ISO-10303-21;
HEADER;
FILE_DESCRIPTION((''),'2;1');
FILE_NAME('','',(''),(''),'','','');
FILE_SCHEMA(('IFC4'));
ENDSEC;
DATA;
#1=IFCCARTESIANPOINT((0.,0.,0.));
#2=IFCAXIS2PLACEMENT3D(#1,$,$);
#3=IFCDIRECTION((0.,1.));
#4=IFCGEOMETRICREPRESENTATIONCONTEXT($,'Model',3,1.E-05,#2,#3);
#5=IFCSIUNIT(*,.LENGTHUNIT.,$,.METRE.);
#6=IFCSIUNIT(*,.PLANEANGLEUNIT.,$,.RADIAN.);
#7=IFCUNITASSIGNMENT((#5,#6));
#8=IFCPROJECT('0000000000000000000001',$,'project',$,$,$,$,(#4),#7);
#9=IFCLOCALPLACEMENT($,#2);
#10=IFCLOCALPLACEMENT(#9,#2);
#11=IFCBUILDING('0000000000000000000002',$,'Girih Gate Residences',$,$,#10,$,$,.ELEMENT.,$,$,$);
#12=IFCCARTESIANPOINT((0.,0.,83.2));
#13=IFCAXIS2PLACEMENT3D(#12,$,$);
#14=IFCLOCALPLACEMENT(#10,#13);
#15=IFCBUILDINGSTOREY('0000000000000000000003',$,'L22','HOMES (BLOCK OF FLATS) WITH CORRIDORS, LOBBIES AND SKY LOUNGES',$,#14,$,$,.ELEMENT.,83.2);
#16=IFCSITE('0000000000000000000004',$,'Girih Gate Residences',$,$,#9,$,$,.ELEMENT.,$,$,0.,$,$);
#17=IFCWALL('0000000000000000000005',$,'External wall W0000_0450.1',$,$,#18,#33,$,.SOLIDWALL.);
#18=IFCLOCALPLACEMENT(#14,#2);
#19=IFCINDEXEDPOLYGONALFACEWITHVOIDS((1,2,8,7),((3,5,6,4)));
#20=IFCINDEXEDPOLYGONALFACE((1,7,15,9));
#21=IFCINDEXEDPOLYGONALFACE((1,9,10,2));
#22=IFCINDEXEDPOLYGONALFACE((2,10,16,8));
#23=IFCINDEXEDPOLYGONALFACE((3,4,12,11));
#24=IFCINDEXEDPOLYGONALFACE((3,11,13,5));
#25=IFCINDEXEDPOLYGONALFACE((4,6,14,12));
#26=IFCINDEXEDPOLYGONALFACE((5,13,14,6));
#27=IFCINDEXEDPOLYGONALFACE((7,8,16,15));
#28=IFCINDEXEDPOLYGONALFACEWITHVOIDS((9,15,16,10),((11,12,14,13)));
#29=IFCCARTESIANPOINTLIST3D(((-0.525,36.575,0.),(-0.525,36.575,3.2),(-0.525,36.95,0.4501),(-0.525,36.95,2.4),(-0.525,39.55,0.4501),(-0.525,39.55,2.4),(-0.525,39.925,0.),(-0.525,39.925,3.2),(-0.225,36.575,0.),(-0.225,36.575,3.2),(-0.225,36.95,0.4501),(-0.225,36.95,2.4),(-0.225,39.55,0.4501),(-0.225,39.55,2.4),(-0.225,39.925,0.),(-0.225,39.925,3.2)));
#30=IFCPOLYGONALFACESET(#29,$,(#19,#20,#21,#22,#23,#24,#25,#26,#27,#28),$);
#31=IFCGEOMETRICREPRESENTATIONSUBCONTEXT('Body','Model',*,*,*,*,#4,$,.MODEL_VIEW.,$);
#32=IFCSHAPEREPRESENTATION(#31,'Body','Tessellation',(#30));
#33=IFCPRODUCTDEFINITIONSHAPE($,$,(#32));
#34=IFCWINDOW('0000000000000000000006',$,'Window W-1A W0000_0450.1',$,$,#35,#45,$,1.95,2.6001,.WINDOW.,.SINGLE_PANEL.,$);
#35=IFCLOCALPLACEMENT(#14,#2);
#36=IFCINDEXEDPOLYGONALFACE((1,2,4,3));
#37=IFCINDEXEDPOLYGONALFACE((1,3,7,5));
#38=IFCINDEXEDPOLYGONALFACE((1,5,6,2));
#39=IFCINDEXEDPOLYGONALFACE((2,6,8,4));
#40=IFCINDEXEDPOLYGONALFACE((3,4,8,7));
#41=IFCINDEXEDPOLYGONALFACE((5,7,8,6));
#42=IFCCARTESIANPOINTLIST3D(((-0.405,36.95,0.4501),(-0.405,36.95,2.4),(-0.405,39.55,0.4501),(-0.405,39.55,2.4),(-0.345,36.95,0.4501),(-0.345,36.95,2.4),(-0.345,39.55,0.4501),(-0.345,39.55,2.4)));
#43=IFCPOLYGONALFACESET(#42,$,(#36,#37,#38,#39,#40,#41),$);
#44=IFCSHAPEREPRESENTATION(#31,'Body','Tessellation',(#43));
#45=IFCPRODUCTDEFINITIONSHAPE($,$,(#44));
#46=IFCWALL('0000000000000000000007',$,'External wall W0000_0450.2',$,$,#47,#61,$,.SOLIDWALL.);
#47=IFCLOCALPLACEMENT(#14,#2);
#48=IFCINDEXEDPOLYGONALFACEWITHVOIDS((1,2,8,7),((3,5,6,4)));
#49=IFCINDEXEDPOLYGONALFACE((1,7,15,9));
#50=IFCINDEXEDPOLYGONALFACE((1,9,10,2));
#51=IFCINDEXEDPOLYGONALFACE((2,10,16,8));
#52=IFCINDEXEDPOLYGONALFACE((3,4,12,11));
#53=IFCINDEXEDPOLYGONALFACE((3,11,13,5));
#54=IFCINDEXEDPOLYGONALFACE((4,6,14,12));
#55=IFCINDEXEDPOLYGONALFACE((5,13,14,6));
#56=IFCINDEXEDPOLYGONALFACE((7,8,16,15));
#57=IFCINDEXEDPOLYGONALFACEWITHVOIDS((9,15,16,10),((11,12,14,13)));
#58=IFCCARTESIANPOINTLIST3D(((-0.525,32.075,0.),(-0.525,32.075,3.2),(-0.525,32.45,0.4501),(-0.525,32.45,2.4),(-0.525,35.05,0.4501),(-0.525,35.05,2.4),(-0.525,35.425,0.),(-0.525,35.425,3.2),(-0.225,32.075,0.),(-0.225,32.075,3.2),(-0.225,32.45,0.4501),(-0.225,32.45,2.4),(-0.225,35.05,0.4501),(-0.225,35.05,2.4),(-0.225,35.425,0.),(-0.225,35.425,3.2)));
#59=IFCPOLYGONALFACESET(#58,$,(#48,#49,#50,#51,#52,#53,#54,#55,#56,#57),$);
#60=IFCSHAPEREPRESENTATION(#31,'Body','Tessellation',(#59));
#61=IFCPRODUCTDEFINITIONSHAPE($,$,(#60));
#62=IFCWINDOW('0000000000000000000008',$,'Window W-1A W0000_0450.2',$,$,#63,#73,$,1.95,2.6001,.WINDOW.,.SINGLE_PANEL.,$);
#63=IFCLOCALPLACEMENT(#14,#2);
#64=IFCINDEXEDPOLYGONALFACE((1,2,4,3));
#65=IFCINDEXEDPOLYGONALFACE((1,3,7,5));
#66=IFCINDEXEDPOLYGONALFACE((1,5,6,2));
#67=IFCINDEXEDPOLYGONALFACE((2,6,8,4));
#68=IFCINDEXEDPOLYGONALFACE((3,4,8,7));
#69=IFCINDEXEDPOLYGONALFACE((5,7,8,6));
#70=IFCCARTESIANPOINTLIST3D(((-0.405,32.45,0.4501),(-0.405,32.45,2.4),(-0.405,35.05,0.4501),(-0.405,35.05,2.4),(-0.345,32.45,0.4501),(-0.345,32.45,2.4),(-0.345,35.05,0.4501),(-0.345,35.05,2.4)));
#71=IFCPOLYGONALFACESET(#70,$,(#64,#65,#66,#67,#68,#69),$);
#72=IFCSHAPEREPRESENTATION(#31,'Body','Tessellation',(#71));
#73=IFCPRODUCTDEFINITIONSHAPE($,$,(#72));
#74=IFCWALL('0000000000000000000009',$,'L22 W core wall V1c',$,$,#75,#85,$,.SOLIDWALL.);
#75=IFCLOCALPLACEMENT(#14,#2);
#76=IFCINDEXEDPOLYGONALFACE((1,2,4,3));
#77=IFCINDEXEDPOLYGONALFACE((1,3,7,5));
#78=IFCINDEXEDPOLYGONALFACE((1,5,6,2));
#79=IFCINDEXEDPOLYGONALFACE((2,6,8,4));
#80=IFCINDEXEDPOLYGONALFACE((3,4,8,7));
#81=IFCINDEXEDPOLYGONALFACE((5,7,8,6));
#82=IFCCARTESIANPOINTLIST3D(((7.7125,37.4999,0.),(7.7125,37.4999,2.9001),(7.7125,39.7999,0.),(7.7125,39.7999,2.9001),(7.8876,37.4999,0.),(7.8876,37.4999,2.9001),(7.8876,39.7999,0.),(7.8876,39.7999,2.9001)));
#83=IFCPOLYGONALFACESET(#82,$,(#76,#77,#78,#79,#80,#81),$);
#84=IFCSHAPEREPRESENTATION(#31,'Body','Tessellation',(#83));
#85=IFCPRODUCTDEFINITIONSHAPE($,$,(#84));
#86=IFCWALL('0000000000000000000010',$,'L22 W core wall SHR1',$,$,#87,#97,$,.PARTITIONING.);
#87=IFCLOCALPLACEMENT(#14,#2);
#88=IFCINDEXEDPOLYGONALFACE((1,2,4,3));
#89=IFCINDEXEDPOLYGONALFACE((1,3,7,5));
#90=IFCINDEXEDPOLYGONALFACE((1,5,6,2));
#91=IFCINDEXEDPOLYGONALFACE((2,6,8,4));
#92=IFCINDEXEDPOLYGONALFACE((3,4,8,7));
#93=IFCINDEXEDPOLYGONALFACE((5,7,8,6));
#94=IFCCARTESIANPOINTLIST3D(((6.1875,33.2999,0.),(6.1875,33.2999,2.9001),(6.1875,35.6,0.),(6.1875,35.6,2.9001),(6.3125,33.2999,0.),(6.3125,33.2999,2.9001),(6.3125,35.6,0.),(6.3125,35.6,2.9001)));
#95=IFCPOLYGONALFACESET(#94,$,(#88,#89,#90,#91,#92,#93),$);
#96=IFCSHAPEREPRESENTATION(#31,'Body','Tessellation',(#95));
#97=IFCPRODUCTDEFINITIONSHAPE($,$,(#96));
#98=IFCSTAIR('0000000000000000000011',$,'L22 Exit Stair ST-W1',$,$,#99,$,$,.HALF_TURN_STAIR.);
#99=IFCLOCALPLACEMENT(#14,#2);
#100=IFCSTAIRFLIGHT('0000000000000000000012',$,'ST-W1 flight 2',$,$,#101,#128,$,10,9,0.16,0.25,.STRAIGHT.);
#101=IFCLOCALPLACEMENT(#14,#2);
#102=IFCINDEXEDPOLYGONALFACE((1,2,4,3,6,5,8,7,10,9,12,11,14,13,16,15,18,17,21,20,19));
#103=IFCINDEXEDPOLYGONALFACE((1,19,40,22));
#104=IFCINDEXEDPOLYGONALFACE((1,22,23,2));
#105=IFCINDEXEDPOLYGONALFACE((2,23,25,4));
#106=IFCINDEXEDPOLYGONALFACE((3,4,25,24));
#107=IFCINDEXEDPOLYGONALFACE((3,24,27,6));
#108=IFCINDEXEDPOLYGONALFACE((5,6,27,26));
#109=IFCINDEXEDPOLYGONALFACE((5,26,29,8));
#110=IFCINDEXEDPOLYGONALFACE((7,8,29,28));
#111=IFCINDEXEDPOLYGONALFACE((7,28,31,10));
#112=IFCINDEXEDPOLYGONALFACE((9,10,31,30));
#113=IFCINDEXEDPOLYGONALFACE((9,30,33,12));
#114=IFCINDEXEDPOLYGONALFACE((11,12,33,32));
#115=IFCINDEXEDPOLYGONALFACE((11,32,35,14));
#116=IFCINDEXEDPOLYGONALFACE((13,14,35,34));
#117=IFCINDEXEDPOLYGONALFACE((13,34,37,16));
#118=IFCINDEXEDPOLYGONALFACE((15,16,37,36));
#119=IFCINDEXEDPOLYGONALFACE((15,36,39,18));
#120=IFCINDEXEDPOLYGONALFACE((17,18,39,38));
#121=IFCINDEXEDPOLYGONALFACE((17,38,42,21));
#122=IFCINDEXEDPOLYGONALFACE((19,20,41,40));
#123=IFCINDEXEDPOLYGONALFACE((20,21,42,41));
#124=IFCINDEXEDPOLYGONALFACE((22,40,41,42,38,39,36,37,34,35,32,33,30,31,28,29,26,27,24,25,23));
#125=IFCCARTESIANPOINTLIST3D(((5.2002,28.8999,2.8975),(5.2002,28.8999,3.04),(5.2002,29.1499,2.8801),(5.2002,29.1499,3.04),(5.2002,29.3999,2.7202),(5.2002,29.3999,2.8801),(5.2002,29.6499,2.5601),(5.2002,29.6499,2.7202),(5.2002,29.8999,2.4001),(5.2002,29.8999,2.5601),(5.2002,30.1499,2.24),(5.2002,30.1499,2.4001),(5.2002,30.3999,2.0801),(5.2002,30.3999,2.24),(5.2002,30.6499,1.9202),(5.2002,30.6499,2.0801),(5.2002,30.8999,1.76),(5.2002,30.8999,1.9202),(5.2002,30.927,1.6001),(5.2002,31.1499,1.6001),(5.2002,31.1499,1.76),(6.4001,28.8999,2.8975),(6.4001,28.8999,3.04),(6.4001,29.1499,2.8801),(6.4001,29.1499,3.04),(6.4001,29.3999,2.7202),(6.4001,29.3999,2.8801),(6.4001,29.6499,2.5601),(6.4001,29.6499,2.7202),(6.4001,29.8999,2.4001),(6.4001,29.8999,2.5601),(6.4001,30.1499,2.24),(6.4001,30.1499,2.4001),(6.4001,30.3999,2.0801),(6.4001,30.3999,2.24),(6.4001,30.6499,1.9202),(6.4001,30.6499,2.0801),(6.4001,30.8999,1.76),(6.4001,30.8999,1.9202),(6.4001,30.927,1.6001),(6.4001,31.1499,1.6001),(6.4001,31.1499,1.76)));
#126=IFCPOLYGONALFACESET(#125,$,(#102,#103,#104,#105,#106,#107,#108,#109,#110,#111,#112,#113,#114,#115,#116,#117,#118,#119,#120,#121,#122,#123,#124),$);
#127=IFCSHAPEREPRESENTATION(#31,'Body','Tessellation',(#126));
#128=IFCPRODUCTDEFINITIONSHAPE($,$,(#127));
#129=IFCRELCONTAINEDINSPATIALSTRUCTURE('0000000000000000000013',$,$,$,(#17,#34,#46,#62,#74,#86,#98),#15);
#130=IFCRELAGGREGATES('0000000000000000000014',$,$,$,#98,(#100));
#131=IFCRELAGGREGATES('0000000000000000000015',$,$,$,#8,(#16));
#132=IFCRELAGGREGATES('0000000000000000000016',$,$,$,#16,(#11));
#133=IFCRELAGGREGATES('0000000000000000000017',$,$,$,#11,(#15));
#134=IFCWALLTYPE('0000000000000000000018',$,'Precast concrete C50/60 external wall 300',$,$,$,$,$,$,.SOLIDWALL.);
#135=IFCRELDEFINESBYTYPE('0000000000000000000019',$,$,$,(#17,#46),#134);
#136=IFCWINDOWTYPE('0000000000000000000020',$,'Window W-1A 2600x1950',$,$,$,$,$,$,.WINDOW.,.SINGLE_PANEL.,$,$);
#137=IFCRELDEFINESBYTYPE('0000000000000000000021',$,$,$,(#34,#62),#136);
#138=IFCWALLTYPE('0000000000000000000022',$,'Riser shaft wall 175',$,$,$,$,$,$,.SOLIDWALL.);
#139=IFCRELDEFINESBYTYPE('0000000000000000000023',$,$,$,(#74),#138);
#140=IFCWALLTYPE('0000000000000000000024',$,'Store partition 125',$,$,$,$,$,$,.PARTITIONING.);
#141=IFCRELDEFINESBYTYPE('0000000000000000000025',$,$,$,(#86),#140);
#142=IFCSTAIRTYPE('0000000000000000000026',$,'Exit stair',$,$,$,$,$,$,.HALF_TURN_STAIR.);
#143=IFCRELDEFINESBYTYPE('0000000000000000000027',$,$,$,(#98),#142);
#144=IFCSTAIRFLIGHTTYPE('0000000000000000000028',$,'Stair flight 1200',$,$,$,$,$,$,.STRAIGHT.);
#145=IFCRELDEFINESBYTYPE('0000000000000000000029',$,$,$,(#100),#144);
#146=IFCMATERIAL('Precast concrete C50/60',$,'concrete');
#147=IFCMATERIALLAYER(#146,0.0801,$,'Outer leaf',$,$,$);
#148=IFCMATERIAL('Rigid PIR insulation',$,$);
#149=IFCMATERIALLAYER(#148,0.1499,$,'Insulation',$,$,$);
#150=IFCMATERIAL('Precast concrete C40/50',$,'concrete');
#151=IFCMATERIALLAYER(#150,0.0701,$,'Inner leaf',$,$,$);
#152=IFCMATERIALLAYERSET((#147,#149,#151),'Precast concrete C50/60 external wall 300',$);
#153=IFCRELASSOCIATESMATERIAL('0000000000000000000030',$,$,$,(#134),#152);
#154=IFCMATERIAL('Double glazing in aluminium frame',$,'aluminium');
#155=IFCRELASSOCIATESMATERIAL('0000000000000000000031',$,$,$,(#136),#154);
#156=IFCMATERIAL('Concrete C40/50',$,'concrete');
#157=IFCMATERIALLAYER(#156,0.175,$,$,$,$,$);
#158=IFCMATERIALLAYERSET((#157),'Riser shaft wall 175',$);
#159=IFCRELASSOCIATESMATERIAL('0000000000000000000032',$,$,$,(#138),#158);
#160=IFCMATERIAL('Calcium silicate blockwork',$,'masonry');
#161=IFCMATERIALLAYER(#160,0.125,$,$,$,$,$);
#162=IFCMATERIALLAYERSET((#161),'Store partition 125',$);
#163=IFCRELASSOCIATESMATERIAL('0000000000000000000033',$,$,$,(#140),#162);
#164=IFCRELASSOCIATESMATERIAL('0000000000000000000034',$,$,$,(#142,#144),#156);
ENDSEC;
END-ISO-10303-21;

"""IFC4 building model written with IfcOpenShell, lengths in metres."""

from ifc_helpers import new_model, si_unit, direction, frame, frame_2d, origin, place, context, subcontext, project, spatial, polyline, rectangle, outline, extrude, material, layer, layer_set, type_object, element, fill, aggregate, save


model = new_model("IFC4")

# Units and contexts
model_context = context("Model", 3, precision=1e-05, world=origin(), true_north=direction((0.0, 1.0)))
body_context = subcontext(model_context, "Body", "Model", "MODEL_VIEW")
ifc_project = project(units=[si_unit("LENGTHUNIT", "METRE"), si_unit("PLANEANGLEUNIT", "RADIAN")], contexts=[model_context])

# Site, building, storey
site_placement = place(None, origin())
site = spatial("IfcSite", under=ifc_project, at=site_placement, Name="Girih Gate Residences", CompositionType="ELEMENT", RefElevation=0.0)
building_placement = place(site_placement, origin())
building = spatial("IfcBuilding", under=site, at=building_placement, Name="Girih Gate Residences", CompositionType="ELEMENT")
storey_placement = place(building_placement, frame((0.0, 0.0, 83.2)))
storey = spatial("IfcBuildingStorey", under=building, at=storey_placement, Name="L22", Description="HOMES (BLOCK OF FLATS) WITH CORRIDORS, LOBBIES AND SKY LOUNGES", CompositionType="ELEMENT", Elevation=83.2)

# Shared definitions
ifc_material_1 = material(Name="Concrete C40/50", Category="concrete")

# Walls, openings, windows
ifc_material_2 = material(Name="Precast concrete C50/60", Category="concrete")
ifc_layer_1 = layer(ifc_material_2, 0.0801, Name="Outer leaf")
ifc_material_3 = material(Name="Rigid PIR insulation")
ifc_layer_2 = layer(ifc_material_3, 0.1499, Name="Insulation")
ifc_material_4 = material(Name="Precast concrete C40/50", Category="concrete")
ifc_layer_3 = layer(ifc_material_4, 0.0701, Name="Inner leaf")
ifc_layer_set_1 = layer_set([ifc_layer_1, ifc_layer_2, ifc_layer_3], Name="Precast concrete C50/60 external wall 300")
wall_type_1 = type_object("IfcWallType", Name="Precast concrete C50/60 external wall 300", PredefinedType="SOLIDWALL", material=ifc_layer_set_1)
wall_1_placement = place(storey_placement, frame((-0.375, 36.575, 0.0), z_axis=(0.0, 0.0, 1.0), x_axis=(0.0, 1.0, 0.0)))
wall_1 = element("IfcWall", 1, at=wall_1_placement, inside=storey, type_object=wall_type_1, Name="External wall W0000_0450.1", PredefinedType="SOLIDWALL", context=body_context, shape_type="SweptSolid", body=[
    extrude(rectangle(XDim=3.3501, YDim=0.3, at=frame_2d((1.675, 0.0))), origin(), (0.0, 0.0, 1.0), 3.2),
])
opening_1_placement = place(wall_1_placement, frame((0.375, 0.0, 0.45)))
opening_1 = element("IfcOpeningElement", 2, at=opening_1_placement, cuts=wall_1, PredefinedType="OPENING", context=body_context, shape_type="SweptSolid", body=[
    extrude(rectangle(XDim=2.6001, YDim=1.95, at=frame_2d((1.3, 0.9751))), frame((0.0, 0.1599, 0.0), z_axis=(0.0, -1.0, 0.0), x_axis=(1.0, 0.0, 0.0)), (0.0, 0.0, 1.0), 0.3201),
])
ifc_material_5 = material(Name="Double glazing in aluminium frame", Category="aluminium")
window_type = type_object("IfcWindowType", Name="Window W-1A 2600x1950", PartitioningType="SINGLE_PANEL", PredefinedType="WINDOW", material=ifc_material_5)
window_1_placement = place(opening_1_placement, origin())
window_1 = element("IfcWindow", 3, at=window_1_placement, inside=storey, type_object=window_type, Name="Window W-1A W0000_0450.1", OverallHeight=1.95, OverallWidth=2.6001, PartitioningType="SINGLE_PANEL", PredefinedType="WINDOW", context=body_context, shape_type="SweptSolid", body=[
    extrude(rectangle(XDim=2.6001, YDim=1.95, at=frame_2d((1.3, 0.9751))), frame((0.0, 0.03, 0.0), z_axis=(0.0, -1.0, 0.0), x_axis=(1.0, 0.0, 0.0)), (0.0, 0.0, 1.0), 0.0601),
])
fill(opening_1, window_1)
wall_2_placement = place(storey_placement, frame((-0.375, 32.075, 0.0), z_axis=(0.0, 0.0, 1.0), x_axis=(0.0, 1.0, 0.0)))
wall_2 = element("IfcWall", 4, at=wall_2_placement, inside=storey, type_object=wall_type_1, Name="External wall W0000_0450.2", PredefinedType="SOLIDWALL", context=body_context, shape_type="SweptSolid", body=[
    extrude(rectangle(XDim=3.3501, YDim=0.3, at=frame_2d((1.675, 0.0))), origin(), (0.0, 0.0, 1.0), 3.2),
])
opening_2_placement = place(wall_2_placement, frame((0.375, 0.0, 0.45)))
opening_2 = element("IfcOpeningElement", 5, at=opening_2_placement, cuts=wall_2, PredefinedType="OPENING", context=body_context, shape_type="SweptSolid", body=[
    extrude(rectangle(XDim=2.6001, YDim=1.95, at=frame_2d((1.3, 0.9751))), frame((0.0, 0.1599, 0.0), z_axis=(0.0, -1.0, 0.0), x_axis=(1.0, 0.0, 0.0)), (0.0, 0.0, 1.0), 0.3201),
])
window_2_placement = place(opening_2_placement, origin())
window_2 = element("IfcWindow", 6, at=window_2_placement, inside=storey, type_object=window_type, Name="Window W-1A W0000_0450.2", OverallHeight=1.95, OverallWidth=2.6001, PartitioningType="SINGLE_PANEL", PredefinedType="WINDOW", context=body_context, shape_type="SweptSolid", body=[
    extrude(rectangle(XDim=2.6001, YDim=1.95, at=frame_2d((1.3, 0.9751))), frame((0.0, 0.03, 0.0), z_axis=(0.0, -1.0, 0.0), x_axis=(1.0, 0.0, 0.0)), (0.0, 0.0, 1.0), 0.0601),
])
fill(opening_2, window_2)

# Walls
ifc_layer_4 = layer(ifc_material_1, 0.175)
ifc_layer_set_2 = layer_set([ifc_layer_4], Name="Riser shaft wall 175")
wall_type_2 = type_object("IfcWallType", Name="Riser shaft wall 175", PredefinedType="SOLIDWALL", material=ifc_layer_set_2)
wall_3_placement = place(storey_placement, frame((7.8, 37.5, 0.0), z_axis=(0.0, 0.0, 1.0), x_axis=(0.0, 1.0, 0.0)))
element("IfcWall", 7, at=wall_3_placement, inside=storey, type_object=wall_type_2, Name="L22 W core wall V1c", PredefinedType="SOLIDWALL", context=body_context, shape_type="SweptSolid", body=[
    extrude(rectangle(XDim=2.3, YDim=0.175, at=frame_2d((1.1499, 0.0))), origin(), (0.0, 0.0, 1.0), 2.9001),
])
ifc_material_6 = material(Name="Calcium silicate blockwork", Category="masonry")
ifc_layer_5 = layer(ifc_material_6, 0.125)
ifc_layer_set_3 = layer_set([ifc_layer_5], Name="Store partition 125")
wall_type_3 = type_object("IfcWallType", Name="Store partition 125", PredefinedType="PARTITIONING", material=ifc_layer_set_3)
wall_4_placement = place(storey_placement, frame((6.25, 33.3, 0.0), z_axis=(0.0, 0.0, 1.0), x_axis=(0.0, 1.0, 0.0)))
element("IfcWall", 8, at=wall_4_placement, inside=storey, type_object=wall_type_3, Name="L22 W core wall SHR1", PredefinedType="PARTITIONING", context=body_context, shape_type="SweptSolid", body=[
    extrude(rectangle(XDim=2.3, YDim=0.125, at=frame_2d((1.1499, 0.0))), origin(), (0.0, 0.0, 1.0), 2.9001),
])

# Stair, stair flight
stair_type = type_object("IfcStairType", Name="Exit stair", PredefinedType="HALF_TURN_STAIR", material=ifc_material_1)
stair_placement = place(storey_placement, origin())
stair = element("IfcStair", 9, at=stair_placement, inside=storey, type_object=stair_type, Name="L22 Exit Stair ST-W1", PredefinedType="HALF_TURN_STAIR")
stair_flight_type = type_object("IfcStairFlightType", Name="Stair flight 1200", PredefinedType="STRAIGHT", material=ifc_material_1)
stair_flight_placement = place(storey_placement, frame((5.8, 31.1499, 1.6001), z_axis=(0.0, 0.0, 1.0), x_axis=(0.0, -1.0, 0.0)))
stair_flight = element("IfcStairFlight", 10, at=stair_flight_placement, type_object=stair_flight_type, Name="ST-W1 flight 2", NumberOfRisers=10, NumberOfTreads=9, PredefinedType="STRAIGHT", RiserHeight=0.16, TreadLength=0.25, context=body_context, shape_type="SweptSolid", body=[
    extrude(outline(polyline([(0.0, 0.0), (0.0, 0.1599), (0.25, 0.1599), (0.25, 0.3201), (0.5, 0.3201), (0.5, 0.48), (0.75, 0.48), (0.75, 0.6399), (1.0, 0.6399), (1.0, 0.8), (1.25, 0.8), (1.25, 0.96), (1.5, 0.96), (1.5, 1.1201), (1.75, 1.1201), (1.75, 1.28), (2.0, 1.28), (2.0, 1.4399), (2.25, 1.4399), (2.25, 1.6001), (2.25, 1.2974), (0.2229, 0.0), (0.0, 0.0)])), frame((0.0, 0.6001, 0.0), z_axis=(0.0, -1.0, 0.0), x_axis=(1.0, 0.0, 0.0)), (0.0, 0.0, 1.0), 1.2),
])
aggregate(stair, [stair_flight])

save(model, "model.ifc")
